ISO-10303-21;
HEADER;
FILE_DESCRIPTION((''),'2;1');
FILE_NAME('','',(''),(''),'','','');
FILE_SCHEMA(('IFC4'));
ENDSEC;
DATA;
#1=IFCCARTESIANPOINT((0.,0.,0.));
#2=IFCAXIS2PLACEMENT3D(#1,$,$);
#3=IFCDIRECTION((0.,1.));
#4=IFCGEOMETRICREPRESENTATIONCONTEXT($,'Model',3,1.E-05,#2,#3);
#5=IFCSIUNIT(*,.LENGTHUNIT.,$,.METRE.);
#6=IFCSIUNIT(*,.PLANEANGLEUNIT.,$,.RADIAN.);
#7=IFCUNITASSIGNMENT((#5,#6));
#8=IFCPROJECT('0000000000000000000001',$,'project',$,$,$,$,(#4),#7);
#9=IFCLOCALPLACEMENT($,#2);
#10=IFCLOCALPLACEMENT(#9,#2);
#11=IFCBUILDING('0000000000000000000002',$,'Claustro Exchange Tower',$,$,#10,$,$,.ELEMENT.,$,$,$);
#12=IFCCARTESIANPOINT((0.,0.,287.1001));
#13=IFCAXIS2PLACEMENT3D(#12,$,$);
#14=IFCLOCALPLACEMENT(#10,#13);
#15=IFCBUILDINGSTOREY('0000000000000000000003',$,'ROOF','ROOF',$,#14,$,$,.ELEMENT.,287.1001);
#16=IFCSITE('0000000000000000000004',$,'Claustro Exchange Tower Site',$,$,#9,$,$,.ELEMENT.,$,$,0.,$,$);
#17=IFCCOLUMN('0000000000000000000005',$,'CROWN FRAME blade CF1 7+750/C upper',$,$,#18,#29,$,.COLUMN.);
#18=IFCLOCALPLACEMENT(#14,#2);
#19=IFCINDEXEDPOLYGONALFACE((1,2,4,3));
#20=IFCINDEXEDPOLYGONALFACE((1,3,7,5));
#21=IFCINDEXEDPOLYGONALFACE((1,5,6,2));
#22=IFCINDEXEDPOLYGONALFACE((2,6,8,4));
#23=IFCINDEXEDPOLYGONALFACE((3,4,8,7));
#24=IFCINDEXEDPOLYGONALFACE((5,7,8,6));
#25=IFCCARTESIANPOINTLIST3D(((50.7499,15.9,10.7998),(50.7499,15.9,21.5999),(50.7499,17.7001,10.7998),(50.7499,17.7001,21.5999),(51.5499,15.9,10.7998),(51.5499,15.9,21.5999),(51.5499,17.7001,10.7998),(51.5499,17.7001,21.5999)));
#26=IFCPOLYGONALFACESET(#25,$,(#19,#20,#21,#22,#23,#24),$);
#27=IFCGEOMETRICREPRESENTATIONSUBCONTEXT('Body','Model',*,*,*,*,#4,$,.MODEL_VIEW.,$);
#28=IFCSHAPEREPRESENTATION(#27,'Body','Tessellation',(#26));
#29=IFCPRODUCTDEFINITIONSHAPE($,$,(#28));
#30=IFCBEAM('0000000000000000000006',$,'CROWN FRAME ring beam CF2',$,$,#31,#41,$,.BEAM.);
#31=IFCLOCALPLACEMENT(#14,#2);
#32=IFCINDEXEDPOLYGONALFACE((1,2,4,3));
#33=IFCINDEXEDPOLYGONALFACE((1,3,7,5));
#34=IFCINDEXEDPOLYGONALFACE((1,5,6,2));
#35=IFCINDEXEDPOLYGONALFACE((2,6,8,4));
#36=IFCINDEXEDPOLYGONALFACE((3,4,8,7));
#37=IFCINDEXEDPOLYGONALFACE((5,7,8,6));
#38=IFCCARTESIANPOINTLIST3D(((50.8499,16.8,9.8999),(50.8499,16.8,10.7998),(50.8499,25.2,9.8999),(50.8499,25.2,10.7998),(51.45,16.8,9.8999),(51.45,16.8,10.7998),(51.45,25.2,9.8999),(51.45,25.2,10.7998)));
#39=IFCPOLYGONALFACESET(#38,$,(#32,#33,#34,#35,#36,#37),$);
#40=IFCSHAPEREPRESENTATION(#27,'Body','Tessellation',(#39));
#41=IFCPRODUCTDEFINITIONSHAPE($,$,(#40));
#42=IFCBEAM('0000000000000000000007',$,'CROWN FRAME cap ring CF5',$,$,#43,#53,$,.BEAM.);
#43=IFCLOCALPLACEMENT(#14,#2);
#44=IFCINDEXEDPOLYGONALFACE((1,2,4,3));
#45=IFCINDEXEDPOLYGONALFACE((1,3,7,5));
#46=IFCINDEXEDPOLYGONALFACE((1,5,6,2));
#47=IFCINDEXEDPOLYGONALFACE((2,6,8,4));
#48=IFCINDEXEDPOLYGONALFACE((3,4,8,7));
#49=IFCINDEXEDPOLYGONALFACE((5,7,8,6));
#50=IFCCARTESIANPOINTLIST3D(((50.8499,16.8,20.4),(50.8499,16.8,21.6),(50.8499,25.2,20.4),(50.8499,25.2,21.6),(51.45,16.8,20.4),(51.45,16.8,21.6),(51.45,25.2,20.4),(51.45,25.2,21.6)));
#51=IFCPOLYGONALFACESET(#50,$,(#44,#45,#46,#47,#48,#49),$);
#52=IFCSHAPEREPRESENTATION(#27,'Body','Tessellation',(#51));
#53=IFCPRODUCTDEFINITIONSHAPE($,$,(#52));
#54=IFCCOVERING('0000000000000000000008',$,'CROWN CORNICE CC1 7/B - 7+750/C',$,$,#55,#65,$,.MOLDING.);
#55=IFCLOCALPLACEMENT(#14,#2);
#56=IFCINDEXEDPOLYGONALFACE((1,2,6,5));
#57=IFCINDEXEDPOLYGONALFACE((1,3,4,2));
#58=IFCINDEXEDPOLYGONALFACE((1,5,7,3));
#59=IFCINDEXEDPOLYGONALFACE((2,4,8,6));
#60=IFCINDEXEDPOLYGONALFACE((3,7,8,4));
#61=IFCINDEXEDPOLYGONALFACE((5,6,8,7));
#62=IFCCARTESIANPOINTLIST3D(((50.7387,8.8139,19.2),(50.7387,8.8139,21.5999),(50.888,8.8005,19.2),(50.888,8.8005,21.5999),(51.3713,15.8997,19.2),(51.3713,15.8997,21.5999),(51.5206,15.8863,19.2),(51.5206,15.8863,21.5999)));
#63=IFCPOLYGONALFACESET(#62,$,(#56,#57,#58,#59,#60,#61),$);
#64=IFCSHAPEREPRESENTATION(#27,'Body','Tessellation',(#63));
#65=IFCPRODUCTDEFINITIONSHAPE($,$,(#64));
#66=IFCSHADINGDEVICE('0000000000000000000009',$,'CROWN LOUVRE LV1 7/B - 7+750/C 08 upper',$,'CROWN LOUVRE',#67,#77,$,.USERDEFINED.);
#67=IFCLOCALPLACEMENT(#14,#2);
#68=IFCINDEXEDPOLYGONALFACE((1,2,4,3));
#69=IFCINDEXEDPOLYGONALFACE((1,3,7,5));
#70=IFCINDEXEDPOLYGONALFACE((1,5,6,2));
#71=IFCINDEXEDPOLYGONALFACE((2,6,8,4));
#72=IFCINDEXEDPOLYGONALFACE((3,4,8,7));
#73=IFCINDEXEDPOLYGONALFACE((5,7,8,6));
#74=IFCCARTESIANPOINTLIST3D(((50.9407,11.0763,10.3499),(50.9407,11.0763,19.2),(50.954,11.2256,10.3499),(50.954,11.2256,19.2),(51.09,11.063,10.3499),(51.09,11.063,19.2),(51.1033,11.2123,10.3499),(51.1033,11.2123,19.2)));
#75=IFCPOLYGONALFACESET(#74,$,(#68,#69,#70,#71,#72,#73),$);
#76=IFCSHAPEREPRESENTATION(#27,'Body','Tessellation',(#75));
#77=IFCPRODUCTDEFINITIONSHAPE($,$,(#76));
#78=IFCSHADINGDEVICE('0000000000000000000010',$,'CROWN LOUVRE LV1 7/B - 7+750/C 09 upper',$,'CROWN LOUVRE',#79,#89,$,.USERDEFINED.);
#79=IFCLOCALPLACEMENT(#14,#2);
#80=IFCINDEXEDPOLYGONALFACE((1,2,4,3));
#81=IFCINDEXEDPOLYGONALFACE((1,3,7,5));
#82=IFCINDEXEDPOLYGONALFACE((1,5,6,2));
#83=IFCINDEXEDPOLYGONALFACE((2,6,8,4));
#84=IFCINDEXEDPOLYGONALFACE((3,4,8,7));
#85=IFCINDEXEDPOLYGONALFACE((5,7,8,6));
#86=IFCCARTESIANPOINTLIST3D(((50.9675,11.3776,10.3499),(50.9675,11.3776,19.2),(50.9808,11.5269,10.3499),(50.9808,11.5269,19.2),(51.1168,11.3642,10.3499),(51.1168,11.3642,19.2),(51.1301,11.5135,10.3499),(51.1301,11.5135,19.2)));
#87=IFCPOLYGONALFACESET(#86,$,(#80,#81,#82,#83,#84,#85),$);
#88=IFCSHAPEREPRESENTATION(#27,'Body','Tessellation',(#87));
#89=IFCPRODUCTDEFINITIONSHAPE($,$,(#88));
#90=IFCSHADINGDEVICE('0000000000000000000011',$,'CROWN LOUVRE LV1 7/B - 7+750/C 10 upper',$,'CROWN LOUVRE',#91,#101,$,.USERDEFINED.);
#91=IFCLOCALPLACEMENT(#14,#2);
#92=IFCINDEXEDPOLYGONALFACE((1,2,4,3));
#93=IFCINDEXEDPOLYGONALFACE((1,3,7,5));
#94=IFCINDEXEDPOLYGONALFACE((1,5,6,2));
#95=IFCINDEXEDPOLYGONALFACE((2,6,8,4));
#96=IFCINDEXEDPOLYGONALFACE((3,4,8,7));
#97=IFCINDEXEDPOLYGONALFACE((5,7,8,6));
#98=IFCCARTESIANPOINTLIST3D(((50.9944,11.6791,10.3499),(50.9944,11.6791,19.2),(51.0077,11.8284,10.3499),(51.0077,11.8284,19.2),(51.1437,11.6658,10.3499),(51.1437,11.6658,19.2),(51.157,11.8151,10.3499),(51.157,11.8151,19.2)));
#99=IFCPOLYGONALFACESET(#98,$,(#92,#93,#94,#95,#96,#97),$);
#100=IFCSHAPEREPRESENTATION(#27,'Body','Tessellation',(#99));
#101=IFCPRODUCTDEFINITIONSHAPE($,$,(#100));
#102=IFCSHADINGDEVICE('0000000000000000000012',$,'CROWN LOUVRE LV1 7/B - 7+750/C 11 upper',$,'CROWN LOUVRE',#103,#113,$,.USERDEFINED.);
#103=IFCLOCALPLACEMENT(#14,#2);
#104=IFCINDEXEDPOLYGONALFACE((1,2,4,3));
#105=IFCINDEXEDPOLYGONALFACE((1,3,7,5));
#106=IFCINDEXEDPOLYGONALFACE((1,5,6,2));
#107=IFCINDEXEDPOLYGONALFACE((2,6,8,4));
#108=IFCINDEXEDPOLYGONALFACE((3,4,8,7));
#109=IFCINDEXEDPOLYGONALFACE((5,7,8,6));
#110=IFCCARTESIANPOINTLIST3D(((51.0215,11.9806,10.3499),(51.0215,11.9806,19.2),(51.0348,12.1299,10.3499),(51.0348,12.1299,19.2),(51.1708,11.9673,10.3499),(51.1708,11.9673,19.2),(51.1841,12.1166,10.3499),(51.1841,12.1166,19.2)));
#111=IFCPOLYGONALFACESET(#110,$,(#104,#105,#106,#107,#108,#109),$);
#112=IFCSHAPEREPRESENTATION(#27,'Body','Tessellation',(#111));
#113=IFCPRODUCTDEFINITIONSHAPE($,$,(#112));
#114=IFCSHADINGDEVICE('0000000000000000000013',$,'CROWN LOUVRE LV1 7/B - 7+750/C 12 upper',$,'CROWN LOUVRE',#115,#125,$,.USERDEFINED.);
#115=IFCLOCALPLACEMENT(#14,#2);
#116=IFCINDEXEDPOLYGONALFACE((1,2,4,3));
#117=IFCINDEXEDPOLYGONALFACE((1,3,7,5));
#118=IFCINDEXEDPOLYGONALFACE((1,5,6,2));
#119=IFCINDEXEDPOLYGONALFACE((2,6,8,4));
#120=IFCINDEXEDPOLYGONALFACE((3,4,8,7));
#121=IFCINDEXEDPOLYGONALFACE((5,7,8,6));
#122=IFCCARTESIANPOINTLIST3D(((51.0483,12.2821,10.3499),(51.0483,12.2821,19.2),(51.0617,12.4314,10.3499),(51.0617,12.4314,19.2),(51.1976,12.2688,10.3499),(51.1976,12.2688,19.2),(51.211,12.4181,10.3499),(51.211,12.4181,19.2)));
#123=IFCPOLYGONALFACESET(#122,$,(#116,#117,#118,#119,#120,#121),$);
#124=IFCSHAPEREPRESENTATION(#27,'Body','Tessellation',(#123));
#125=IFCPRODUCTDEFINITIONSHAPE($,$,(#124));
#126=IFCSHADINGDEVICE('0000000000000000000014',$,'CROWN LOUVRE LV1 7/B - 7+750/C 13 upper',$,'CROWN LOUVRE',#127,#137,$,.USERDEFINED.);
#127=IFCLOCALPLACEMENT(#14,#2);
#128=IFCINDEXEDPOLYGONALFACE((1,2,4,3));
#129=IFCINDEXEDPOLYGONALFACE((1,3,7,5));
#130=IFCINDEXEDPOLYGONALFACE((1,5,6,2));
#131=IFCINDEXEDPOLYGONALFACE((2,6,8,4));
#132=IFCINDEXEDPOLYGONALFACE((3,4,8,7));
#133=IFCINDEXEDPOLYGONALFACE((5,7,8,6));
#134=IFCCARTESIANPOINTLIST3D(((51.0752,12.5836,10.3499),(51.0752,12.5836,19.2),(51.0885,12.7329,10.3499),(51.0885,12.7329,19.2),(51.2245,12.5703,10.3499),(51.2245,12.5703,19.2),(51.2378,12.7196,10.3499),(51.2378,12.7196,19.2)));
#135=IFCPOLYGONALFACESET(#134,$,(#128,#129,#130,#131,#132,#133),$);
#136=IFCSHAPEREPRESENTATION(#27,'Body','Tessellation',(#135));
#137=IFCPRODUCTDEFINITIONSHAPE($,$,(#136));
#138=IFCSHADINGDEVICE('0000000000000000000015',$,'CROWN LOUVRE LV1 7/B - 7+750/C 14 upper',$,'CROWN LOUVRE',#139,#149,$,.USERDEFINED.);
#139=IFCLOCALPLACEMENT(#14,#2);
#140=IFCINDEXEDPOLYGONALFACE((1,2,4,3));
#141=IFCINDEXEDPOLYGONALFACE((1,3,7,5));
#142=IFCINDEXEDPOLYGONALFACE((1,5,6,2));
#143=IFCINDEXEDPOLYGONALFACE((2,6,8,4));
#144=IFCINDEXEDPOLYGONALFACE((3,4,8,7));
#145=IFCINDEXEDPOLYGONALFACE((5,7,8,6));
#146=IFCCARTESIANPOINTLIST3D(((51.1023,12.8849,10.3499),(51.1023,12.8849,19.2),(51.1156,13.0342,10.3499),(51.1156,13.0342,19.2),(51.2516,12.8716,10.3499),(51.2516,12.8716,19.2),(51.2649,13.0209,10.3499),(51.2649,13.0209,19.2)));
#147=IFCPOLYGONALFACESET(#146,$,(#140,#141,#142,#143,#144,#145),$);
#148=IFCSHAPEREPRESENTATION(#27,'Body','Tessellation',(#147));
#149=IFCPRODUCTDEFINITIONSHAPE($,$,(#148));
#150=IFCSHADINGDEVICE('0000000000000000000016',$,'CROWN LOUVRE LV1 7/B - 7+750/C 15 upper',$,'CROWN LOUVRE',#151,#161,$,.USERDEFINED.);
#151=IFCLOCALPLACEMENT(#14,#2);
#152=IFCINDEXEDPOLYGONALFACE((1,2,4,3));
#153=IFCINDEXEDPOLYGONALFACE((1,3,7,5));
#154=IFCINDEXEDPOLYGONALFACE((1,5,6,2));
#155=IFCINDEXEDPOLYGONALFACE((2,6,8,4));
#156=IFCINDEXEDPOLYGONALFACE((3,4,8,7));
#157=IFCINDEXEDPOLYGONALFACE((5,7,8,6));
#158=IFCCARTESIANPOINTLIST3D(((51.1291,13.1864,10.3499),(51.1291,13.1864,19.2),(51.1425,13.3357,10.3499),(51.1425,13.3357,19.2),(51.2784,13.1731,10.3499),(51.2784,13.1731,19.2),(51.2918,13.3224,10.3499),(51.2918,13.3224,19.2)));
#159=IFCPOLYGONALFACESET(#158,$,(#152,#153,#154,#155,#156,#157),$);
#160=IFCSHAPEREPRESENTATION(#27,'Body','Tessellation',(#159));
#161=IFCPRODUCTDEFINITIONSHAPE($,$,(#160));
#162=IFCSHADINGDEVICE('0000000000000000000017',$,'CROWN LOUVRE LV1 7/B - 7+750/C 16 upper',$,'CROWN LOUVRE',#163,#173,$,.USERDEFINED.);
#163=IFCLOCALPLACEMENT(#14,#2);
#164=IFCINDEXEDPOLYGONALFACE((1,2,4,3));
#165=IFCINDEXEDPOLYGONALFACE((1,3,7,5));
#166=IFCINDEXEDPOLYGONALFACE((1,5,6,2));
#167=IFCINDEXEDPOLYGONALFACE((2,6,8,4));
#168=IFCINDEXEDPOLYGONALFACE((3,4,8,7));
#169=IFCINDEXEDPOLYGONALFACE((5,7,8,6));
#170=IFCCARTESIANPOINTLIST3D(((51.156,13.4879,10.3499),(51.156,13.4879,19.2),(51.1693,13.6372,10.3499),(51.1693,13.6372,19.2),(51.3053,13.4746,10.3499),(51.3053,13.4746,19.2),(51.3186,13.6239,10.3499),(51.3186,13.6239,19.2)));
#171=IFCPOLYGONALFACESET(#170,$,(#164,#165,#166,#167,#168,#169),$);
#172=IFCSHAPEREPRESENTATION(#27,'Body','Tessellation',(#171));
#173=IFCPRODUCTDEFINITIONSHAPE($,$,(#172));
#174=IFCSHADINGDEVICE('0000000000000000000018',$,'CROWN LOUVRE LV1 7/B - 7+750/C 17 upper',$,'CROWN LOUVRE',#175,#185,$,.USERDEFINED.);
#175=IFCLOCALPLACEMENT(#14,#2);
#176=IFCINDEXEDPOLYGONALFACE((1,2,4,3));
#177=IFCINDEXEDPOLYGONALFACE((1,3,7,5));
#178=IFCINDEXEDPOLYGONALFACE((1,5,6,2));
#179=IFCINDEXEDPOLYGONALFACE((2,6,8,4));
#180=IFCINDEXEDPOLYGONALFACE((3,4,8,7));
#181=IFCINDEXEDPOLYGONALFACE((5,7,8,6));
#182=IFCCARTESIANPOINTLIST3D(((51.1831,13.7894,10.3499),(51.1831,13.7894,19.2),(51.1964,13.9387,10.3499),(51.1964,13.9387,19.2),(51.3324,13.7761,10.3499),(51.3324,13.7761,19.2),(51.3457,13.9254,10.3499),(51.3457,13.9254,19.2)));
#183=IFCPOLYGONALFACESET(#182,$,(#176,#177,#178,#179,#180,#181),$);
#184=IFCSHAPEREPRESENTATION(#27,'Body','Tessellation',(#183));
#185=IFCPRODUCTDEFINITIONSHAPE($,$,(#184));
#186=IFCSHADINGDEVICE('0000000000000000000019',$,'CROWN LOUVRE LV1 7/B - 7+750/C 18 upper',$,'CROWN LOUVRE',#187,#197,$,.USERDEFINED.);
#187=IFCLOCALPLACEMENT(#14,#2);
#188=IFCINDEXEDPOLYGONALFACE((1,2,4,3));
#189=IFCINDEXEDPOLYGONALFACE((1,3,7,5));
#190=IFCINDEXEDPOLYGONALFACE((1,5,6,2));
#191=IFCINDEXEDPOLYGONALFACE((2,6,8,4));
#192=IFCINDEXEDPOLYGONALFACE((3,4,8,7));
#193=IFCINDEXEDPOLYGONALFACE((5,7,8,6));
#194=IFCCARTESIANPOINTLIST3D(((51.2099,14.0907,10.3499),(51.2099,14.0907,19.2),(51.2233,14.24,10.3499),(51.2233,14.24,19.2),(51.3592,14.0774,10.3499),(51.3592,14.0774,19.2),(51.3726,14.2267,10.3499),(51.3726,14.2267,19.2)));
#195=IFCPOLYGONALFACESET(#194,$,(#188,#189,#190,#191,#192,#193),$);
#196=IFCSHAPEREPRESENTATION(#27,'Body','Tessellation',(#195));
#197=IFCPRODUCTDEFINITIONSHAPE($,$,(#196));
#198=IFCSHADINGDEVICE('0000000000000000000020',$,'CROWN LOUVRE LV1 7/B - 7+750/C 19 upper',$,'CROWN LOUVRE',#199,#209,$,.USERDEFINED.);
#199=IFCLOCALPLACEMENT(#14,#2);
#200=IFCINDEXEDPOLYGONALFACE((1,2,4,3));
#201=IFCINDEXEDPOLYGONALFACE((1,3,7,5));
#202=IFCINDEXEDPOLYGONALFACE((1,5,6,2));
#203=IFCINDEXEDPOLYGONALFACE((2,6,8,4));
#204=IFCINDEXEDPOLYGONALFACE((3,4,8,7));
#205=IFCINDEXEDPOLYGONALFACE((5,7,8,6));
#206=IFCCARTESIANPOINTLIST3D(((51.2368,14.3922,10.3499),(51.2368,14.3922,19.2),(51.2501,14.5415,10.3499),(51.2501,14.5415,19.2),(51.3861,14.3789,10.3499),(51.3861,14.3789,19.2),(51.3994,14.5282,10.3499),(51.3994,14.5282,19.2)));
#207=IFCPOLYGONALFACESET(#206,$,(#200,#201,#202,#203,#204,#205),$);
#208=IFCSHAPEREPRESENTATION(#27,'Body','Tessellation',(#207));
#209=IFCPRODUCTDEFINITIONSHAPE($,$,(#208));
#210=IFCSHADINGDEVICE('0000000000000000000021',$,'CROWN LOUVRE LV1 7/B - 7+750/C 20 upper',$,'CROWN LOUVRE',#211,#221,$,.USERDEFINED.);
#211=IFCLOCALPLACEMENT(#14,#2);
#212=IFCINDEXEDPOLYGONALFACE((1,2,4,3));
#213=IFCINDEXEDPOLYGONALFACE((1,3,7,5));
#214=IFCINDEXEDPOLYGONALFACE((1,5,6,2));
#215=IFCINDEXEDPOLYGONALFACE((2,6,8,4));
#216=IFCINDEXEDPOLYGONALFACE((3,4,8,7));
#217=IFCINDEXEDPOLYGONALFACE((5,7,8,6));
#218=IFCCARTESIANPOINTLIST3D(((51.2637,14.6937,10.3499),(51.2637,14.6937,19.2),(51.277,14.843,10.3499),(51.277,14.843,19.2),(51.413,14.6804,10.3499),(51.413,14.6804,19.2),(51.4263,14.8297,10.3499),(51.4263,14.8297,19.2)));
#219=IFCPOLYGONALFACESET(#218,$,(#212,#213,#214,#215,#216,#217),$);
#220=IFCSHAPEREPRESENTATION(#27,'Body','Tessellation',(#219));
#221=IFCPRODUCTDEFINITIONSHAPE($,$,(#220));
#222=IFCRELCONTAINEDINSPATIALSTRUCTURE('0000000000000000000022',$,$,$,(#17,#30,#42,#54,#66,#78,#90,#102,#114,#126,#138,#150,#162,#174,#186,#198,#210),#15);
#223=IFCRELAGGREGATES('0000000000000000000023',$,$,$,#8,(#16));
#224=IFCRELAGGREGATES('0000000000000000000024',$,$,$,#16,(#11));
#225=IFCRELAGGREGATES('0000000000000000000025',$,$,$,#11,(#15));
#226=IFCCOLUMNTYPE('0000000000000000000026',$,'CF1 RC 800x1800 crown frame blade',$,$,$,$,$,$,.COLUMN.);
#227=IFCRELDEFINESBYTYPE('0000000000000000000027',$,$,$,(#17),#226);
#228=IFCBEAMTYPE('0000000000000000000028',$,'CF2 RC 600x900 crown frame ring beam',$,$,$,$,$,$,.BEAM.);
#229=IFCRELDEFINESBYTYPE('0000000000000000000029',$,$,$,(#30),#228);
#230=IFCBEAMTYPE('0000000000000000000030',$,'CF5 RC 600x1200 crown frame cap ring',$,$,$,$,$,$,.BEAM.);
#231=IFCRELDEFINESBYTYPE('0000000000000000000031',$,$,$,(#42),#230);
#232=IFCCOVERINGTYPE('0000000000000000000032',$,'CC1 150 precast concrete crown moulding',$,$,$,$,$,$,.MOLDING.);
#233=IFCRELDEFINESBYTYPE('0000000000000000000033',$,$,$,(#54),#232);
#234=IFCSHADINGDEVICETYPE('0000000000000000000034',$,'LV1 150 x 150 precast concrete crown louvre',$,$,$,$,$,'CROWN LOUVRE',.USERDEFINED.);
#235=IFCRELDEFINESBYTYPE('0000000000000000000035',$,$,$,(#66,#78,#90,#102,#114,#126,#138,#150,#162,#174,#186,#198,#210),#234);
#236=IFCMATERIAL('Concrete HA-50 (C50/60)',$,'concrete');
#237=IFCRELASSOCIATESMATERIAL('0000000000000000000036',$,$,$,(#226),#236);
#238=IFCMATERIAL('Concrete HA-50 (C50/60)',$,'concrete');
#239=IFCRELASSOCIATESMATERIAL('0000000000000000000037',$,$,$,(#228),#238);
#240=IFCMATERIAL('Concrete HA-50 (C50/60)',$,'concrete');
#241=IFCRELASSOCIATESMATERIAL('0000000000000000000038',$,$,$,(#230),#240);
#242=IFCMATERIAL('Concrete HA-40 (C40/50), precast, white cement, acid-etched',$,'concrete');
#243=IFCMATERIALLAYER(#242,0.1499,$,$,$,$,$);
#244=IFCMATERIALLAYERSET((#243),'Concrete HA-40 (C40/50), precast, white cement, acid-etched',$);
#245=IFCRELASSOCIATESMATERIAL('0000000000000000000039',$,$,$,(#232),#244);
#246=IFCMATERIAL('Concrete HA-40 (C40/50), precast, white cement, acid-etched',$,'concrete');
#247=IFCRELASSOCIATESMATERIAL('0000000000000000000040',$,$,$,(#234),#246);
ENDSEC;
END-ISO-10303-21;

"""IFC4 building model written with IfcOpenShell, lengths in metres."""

from ifc_helpers import new_model, si_unit, direction, frame, origin, origin_2d, place, context, subcontext, project, spatial, rectangle, extrude, material, layer, layer_set, material_profile, profile_set, type_object, element, save


model = new_model("IFC4")

# Units and contexts
model_context = context("Model", 3, precision=1e-05, world=origin(), true_north=direction((0.0, 1.0)))
body_context = subcontext(model_context, "Body", "Model", "MODEL_VIEW")
ifc_project = project(units=[si_unit("LENGTHUNIT", "METRE"), si_unit("PLANEANGLEUNIT", "RADIAN")], contexts=[model_context])

# Site, building, storey
site_placement = place(None, origin())
site = spatial("IfcSite", under=ifc_project, at=site_placement, Name="Claustro Exchange Tower Site", CompositionType="ELEMENT", RefElevation=0.0)
building_placement = place(site_placement, origin())
building = spatial("IfcBuilding", under=site, at=building_placement, Name="Claustro Exchange Tower", CompositionType="ELEMENT")
storey_placement = place(building_placement, frame((0.0, 0.0, 287.1001)))
storey = spatial("IfcBuildingStorey", under=building, at=storey_placement, Name="ROOF", Description="ROOF", CompositionType="ELEMENT", Elevation=287.1001)

# Column
ifc_material_1 = material(Name="Concrete HA-50 (C50/60)", Category="concrete")
ifc_material_profile_1 = material_profile(ifc_material_1, rectangle(XDim=0.8, YDim=1.8, at=origin_2d()), Name="RC 800x1800")
ifc_profile_set_1 = profile_set([ifc_material_profile_1], Name="Concrete HA-50 (C50/60)")
column_type = type_object("IfcColumnType", Name="CF1 RC 800x1800 crown frame blade", PredefinedType="COLUMN", material=ifc_profile_set_1)
column_placement = place(storey_placement, frame((51.1499, 16.8, 10.7998), z_axis=(0.0, 0.0, 1.0), x_axis=(1.0, 0.0, 0.0)))
element("IfcColumn", 1, at=column_placement, inside=storey, type_object=column_type, Name="CROWN FRAME blade CF1 7+750/C upper", PredefinedType="COLUMN", context=body_context, shape_type="SweptSolid", body=[
    extrude(rectangle(XDim=0.8, YDim=1.8, at=origin_2d()), origin(), (0.0, 0.0, 1.0), 10.8),
])

# Beams
ifc_material_2 = material(Name="Concrete HA-50 (C50/60)", Category="concrete")
ifc_material_profile_2 = material_profile(ifc_material_2, rectangle(XDim=0.6001, YDim=0.8999, at=origin_2d()), Name="RC 600x900")
ifc_profile_set_2 = profile_set([ifc_material_profile_2], Name="Concrete HA-50 (C50/60)")
beam_type_1 = type_object("IfcBeamType", Name="CF2 RC 600x900 crown frame ring beam", PredefinedType="BEAM", material=ifc_profile_set_2)
beam_1_placement = place(storey_placement, frame((51.1499, 16.8, 10.3499), z_axis=(0.0, 1.0, 0.0), x_axis=(-1.0, 0.0, 0.0)))
element("IfcBeam", 2, at=beam_1_placement, inside=storey, type_object=beam_type_1, Name="CROWN FRAME ring beam CF2", PredefinedType="BEAM", context=body_context, shape_type="SweptSolid", body=[
    extrude(rectangle(XDim=0.6001, YDim=0.8999, at=origin_2d()), origin(), (0.0, 0.0, 1.0), 8.3999),
])
ifc_material_3 = material(Name="Concrete HA-50 (C50/60)", Category="concrete")
ifc_material_profile_3 = material_profile(ifc_material_3, rectangle(XDim=0.6001, YDim=1.2, at=origin_2d()), Name="RC 600x1200")
ifc_profile_set_3 = profile_set([ifc_material_profile_3], Name="Concrete HA-50 (C50/60)")
beam_type_2 = type_object("IfcBeamType", Name="CF5 RC 600x1200 crown frame cap ring", PredefinedType="BEAM", material=ifc_profile_set_3)
beam_2_placement = place(storey_placement, frame((51.1499, 16.8, 21.0), z_axis=(0.0, 1.0, 0.0), x_axis=(-1.0, 0.0, 0.0)))
element("IfcBeam", 3, at=beam_2_placement, inside=storey, type_object=beam_type_2, Name="CROWN FRAME cap ring CF5", PredefinedType="BEAM", context=body_context, shape_type="SweptSolid", body=[
    extrude(rectangle(XDim=0.6001, YDim=1.2, at=origin_2d()), origin(), (0.0, 0.0, 1.0), 8.3999),
])

# Covering
ifc_material_4 = material(Name="Concrete HA-40 (C40/50), precast, white cement, acid-etched", Category="concrete")
ifc_layer_1 = layer(ifc_material_4, 0.1499)
ifc_layer_set_1 = layer_set([ifc_layer_1], Name="Concrete HA-40 (C40/50), precast, white cement, acid-etched")
covering_type = type_object("IfcCoveringType", Name="CC1 150 precast concrete crown moulding", PredefinedType="MOLDING", material=ifc_layer_set_1)
covering_placement = place(storey_placement, frame((51.1296, 12.3501, 19.2), z_axis=(0.0, 0.0, 1.0), x_axis=(0.088933, 0.996038, 0.0)))
element("IfcCovering", 4, at=covering_placement, inside=storey, type_object=covering_type, Name="CROWN CORNICE CC1 7/B - 7+750/C", PredefinedType="MOLDING", context=body_context, shape_type="SweptSolid", body=[
    extrude(rectangle(XDim=7.114, YDim=0.1499, at=origin_2d()), origin(), (0.0, 0.0, 1.0), 2.3999),
])

# Shading devices
ifc_material_5 = material(Name="Concrete HA-40 (C40/50), precast, white cement, acid-etched", Category="concrete")
shading_device_type = type_object("IfcShadingDeviceType", Name="LV1 150 x 150 precast concrete crown louvre", ElementType="CROWN LOUVRE", PredefinedType="USERDEFINED", material=ifc_material_5)
for number, where, z_axis, x_axis, name in (
    (5, (51.022, 11.1443, 10.3499), (0.0, 0.0, 1.0), (0.088933, 0.996038, 0.0), "CROWN LOUVRE LV1 7/B - 7+750/C 08 upper"),
    (6, (51.0488, 11.4456, 10.3499), (0.0, 0.0, 1.0), (0.088933, 0.996038, 0.0), "CROWN LOUVRE LV1 7/B - 7+750/C 09 upper"),
    (7, (51.0757, 11.7471, 10.3499), (0.0, 0.0, 1.0), (0.088933, 0.996038, 0.0), "CROWN LOUVRE LV1 7/B - 7+750/C 10 upper"),
    (8, (51.1028, 12.0486, 10.3499), (0.0, 0.0, 1.0), (0.088933, 0.996038, 0.0), "CROWN LOUVRE LV1 7/B - 7+750/C 11 upper"),
    (9, (51.1296, 12.3501, 10.3499), (0.0, 0.0, 1.0), (0.088933, 0.996038, 0.0), "CROWN LOUVRE LV1 7/B - 7+750/C 12 upper"),
    (10, (51.1565, 12.6516, 10.3499), (0.0, 0.0, 1.0), (0.088933, 0.996038, 0.0), "CROWN LOUVRE LV1 7/B - 7+750/C 13 upper"),
    (11, (51.1836, 12.9529, 10.3499), (0.0, 0.0, 1.0), (0.088933, 0.996038, 0.0), "CROWN LOUVRE LV1 7/B - 7+750/C 14 upper"),
    (12, (51.2104, 13.2544, 10.3499), (0.0, 0.0, 1.0), (0.088933, 0.996038, 0.0), "CROWN LOUVRE LV1 7/B - 7+750/C 15 upper"),
    (13, (51.2373, 13.5559, 10.3499), (0.0, 0.0, 1.0), (0.088933, 0.996038, 0.0), "CROWN LOUVRE LV1 7/B - 7+750/C 16 upper"),
    (14, (51.2644, 13.8574, 10.3499), (0.0, 0.0, 1.0), (0.088933, 0.996038, 0.0), "CROWN LOUVRE LV1 7/B - 7+750/C 17 upper"),
    (15, (51.2913, 14.1587, 10.3499), (0.0, 0.0, 1.0), (0.088933, 0.996038, 0.0), "CROWN LOUVRE LV1 7/B - 7+750/C 18 upper"),
    (16, (51.3181, 14.4602, 10.3499), (0.0, 0.0, 1.0), (0.088933, 0.996038, 0.0), "CROWN LOUVRE LV1 7/B - 7+750/C 19 upper"),
    (17, (51.345, 14.7617, 10.3499), (0.0, 0.0, 1.0), (0.088933, 0.996038, 0.0), "CROWN LOUVRE LV1 7/B - 7+750/C 20 upper"),
):
    element("IfcShadingDevice", number, at=place(storey_placement, frame(where, z_axis=z_axis, x_axis=x_axis)), inside=storey, type_object=shading_device_type, Name=name, ObjectType="CROWN LOUVRE", PredefinedType="USERDEFINED", context=body_context, shape_type="SweptSolid", body=[
        extrude(rectangle(XDim=0.1499, YDim=0.1499, at=origin_2d()), origin(), (0.0, 0.0, 1.0), 8.8501),
    ])

save(model, "model.ifc")
